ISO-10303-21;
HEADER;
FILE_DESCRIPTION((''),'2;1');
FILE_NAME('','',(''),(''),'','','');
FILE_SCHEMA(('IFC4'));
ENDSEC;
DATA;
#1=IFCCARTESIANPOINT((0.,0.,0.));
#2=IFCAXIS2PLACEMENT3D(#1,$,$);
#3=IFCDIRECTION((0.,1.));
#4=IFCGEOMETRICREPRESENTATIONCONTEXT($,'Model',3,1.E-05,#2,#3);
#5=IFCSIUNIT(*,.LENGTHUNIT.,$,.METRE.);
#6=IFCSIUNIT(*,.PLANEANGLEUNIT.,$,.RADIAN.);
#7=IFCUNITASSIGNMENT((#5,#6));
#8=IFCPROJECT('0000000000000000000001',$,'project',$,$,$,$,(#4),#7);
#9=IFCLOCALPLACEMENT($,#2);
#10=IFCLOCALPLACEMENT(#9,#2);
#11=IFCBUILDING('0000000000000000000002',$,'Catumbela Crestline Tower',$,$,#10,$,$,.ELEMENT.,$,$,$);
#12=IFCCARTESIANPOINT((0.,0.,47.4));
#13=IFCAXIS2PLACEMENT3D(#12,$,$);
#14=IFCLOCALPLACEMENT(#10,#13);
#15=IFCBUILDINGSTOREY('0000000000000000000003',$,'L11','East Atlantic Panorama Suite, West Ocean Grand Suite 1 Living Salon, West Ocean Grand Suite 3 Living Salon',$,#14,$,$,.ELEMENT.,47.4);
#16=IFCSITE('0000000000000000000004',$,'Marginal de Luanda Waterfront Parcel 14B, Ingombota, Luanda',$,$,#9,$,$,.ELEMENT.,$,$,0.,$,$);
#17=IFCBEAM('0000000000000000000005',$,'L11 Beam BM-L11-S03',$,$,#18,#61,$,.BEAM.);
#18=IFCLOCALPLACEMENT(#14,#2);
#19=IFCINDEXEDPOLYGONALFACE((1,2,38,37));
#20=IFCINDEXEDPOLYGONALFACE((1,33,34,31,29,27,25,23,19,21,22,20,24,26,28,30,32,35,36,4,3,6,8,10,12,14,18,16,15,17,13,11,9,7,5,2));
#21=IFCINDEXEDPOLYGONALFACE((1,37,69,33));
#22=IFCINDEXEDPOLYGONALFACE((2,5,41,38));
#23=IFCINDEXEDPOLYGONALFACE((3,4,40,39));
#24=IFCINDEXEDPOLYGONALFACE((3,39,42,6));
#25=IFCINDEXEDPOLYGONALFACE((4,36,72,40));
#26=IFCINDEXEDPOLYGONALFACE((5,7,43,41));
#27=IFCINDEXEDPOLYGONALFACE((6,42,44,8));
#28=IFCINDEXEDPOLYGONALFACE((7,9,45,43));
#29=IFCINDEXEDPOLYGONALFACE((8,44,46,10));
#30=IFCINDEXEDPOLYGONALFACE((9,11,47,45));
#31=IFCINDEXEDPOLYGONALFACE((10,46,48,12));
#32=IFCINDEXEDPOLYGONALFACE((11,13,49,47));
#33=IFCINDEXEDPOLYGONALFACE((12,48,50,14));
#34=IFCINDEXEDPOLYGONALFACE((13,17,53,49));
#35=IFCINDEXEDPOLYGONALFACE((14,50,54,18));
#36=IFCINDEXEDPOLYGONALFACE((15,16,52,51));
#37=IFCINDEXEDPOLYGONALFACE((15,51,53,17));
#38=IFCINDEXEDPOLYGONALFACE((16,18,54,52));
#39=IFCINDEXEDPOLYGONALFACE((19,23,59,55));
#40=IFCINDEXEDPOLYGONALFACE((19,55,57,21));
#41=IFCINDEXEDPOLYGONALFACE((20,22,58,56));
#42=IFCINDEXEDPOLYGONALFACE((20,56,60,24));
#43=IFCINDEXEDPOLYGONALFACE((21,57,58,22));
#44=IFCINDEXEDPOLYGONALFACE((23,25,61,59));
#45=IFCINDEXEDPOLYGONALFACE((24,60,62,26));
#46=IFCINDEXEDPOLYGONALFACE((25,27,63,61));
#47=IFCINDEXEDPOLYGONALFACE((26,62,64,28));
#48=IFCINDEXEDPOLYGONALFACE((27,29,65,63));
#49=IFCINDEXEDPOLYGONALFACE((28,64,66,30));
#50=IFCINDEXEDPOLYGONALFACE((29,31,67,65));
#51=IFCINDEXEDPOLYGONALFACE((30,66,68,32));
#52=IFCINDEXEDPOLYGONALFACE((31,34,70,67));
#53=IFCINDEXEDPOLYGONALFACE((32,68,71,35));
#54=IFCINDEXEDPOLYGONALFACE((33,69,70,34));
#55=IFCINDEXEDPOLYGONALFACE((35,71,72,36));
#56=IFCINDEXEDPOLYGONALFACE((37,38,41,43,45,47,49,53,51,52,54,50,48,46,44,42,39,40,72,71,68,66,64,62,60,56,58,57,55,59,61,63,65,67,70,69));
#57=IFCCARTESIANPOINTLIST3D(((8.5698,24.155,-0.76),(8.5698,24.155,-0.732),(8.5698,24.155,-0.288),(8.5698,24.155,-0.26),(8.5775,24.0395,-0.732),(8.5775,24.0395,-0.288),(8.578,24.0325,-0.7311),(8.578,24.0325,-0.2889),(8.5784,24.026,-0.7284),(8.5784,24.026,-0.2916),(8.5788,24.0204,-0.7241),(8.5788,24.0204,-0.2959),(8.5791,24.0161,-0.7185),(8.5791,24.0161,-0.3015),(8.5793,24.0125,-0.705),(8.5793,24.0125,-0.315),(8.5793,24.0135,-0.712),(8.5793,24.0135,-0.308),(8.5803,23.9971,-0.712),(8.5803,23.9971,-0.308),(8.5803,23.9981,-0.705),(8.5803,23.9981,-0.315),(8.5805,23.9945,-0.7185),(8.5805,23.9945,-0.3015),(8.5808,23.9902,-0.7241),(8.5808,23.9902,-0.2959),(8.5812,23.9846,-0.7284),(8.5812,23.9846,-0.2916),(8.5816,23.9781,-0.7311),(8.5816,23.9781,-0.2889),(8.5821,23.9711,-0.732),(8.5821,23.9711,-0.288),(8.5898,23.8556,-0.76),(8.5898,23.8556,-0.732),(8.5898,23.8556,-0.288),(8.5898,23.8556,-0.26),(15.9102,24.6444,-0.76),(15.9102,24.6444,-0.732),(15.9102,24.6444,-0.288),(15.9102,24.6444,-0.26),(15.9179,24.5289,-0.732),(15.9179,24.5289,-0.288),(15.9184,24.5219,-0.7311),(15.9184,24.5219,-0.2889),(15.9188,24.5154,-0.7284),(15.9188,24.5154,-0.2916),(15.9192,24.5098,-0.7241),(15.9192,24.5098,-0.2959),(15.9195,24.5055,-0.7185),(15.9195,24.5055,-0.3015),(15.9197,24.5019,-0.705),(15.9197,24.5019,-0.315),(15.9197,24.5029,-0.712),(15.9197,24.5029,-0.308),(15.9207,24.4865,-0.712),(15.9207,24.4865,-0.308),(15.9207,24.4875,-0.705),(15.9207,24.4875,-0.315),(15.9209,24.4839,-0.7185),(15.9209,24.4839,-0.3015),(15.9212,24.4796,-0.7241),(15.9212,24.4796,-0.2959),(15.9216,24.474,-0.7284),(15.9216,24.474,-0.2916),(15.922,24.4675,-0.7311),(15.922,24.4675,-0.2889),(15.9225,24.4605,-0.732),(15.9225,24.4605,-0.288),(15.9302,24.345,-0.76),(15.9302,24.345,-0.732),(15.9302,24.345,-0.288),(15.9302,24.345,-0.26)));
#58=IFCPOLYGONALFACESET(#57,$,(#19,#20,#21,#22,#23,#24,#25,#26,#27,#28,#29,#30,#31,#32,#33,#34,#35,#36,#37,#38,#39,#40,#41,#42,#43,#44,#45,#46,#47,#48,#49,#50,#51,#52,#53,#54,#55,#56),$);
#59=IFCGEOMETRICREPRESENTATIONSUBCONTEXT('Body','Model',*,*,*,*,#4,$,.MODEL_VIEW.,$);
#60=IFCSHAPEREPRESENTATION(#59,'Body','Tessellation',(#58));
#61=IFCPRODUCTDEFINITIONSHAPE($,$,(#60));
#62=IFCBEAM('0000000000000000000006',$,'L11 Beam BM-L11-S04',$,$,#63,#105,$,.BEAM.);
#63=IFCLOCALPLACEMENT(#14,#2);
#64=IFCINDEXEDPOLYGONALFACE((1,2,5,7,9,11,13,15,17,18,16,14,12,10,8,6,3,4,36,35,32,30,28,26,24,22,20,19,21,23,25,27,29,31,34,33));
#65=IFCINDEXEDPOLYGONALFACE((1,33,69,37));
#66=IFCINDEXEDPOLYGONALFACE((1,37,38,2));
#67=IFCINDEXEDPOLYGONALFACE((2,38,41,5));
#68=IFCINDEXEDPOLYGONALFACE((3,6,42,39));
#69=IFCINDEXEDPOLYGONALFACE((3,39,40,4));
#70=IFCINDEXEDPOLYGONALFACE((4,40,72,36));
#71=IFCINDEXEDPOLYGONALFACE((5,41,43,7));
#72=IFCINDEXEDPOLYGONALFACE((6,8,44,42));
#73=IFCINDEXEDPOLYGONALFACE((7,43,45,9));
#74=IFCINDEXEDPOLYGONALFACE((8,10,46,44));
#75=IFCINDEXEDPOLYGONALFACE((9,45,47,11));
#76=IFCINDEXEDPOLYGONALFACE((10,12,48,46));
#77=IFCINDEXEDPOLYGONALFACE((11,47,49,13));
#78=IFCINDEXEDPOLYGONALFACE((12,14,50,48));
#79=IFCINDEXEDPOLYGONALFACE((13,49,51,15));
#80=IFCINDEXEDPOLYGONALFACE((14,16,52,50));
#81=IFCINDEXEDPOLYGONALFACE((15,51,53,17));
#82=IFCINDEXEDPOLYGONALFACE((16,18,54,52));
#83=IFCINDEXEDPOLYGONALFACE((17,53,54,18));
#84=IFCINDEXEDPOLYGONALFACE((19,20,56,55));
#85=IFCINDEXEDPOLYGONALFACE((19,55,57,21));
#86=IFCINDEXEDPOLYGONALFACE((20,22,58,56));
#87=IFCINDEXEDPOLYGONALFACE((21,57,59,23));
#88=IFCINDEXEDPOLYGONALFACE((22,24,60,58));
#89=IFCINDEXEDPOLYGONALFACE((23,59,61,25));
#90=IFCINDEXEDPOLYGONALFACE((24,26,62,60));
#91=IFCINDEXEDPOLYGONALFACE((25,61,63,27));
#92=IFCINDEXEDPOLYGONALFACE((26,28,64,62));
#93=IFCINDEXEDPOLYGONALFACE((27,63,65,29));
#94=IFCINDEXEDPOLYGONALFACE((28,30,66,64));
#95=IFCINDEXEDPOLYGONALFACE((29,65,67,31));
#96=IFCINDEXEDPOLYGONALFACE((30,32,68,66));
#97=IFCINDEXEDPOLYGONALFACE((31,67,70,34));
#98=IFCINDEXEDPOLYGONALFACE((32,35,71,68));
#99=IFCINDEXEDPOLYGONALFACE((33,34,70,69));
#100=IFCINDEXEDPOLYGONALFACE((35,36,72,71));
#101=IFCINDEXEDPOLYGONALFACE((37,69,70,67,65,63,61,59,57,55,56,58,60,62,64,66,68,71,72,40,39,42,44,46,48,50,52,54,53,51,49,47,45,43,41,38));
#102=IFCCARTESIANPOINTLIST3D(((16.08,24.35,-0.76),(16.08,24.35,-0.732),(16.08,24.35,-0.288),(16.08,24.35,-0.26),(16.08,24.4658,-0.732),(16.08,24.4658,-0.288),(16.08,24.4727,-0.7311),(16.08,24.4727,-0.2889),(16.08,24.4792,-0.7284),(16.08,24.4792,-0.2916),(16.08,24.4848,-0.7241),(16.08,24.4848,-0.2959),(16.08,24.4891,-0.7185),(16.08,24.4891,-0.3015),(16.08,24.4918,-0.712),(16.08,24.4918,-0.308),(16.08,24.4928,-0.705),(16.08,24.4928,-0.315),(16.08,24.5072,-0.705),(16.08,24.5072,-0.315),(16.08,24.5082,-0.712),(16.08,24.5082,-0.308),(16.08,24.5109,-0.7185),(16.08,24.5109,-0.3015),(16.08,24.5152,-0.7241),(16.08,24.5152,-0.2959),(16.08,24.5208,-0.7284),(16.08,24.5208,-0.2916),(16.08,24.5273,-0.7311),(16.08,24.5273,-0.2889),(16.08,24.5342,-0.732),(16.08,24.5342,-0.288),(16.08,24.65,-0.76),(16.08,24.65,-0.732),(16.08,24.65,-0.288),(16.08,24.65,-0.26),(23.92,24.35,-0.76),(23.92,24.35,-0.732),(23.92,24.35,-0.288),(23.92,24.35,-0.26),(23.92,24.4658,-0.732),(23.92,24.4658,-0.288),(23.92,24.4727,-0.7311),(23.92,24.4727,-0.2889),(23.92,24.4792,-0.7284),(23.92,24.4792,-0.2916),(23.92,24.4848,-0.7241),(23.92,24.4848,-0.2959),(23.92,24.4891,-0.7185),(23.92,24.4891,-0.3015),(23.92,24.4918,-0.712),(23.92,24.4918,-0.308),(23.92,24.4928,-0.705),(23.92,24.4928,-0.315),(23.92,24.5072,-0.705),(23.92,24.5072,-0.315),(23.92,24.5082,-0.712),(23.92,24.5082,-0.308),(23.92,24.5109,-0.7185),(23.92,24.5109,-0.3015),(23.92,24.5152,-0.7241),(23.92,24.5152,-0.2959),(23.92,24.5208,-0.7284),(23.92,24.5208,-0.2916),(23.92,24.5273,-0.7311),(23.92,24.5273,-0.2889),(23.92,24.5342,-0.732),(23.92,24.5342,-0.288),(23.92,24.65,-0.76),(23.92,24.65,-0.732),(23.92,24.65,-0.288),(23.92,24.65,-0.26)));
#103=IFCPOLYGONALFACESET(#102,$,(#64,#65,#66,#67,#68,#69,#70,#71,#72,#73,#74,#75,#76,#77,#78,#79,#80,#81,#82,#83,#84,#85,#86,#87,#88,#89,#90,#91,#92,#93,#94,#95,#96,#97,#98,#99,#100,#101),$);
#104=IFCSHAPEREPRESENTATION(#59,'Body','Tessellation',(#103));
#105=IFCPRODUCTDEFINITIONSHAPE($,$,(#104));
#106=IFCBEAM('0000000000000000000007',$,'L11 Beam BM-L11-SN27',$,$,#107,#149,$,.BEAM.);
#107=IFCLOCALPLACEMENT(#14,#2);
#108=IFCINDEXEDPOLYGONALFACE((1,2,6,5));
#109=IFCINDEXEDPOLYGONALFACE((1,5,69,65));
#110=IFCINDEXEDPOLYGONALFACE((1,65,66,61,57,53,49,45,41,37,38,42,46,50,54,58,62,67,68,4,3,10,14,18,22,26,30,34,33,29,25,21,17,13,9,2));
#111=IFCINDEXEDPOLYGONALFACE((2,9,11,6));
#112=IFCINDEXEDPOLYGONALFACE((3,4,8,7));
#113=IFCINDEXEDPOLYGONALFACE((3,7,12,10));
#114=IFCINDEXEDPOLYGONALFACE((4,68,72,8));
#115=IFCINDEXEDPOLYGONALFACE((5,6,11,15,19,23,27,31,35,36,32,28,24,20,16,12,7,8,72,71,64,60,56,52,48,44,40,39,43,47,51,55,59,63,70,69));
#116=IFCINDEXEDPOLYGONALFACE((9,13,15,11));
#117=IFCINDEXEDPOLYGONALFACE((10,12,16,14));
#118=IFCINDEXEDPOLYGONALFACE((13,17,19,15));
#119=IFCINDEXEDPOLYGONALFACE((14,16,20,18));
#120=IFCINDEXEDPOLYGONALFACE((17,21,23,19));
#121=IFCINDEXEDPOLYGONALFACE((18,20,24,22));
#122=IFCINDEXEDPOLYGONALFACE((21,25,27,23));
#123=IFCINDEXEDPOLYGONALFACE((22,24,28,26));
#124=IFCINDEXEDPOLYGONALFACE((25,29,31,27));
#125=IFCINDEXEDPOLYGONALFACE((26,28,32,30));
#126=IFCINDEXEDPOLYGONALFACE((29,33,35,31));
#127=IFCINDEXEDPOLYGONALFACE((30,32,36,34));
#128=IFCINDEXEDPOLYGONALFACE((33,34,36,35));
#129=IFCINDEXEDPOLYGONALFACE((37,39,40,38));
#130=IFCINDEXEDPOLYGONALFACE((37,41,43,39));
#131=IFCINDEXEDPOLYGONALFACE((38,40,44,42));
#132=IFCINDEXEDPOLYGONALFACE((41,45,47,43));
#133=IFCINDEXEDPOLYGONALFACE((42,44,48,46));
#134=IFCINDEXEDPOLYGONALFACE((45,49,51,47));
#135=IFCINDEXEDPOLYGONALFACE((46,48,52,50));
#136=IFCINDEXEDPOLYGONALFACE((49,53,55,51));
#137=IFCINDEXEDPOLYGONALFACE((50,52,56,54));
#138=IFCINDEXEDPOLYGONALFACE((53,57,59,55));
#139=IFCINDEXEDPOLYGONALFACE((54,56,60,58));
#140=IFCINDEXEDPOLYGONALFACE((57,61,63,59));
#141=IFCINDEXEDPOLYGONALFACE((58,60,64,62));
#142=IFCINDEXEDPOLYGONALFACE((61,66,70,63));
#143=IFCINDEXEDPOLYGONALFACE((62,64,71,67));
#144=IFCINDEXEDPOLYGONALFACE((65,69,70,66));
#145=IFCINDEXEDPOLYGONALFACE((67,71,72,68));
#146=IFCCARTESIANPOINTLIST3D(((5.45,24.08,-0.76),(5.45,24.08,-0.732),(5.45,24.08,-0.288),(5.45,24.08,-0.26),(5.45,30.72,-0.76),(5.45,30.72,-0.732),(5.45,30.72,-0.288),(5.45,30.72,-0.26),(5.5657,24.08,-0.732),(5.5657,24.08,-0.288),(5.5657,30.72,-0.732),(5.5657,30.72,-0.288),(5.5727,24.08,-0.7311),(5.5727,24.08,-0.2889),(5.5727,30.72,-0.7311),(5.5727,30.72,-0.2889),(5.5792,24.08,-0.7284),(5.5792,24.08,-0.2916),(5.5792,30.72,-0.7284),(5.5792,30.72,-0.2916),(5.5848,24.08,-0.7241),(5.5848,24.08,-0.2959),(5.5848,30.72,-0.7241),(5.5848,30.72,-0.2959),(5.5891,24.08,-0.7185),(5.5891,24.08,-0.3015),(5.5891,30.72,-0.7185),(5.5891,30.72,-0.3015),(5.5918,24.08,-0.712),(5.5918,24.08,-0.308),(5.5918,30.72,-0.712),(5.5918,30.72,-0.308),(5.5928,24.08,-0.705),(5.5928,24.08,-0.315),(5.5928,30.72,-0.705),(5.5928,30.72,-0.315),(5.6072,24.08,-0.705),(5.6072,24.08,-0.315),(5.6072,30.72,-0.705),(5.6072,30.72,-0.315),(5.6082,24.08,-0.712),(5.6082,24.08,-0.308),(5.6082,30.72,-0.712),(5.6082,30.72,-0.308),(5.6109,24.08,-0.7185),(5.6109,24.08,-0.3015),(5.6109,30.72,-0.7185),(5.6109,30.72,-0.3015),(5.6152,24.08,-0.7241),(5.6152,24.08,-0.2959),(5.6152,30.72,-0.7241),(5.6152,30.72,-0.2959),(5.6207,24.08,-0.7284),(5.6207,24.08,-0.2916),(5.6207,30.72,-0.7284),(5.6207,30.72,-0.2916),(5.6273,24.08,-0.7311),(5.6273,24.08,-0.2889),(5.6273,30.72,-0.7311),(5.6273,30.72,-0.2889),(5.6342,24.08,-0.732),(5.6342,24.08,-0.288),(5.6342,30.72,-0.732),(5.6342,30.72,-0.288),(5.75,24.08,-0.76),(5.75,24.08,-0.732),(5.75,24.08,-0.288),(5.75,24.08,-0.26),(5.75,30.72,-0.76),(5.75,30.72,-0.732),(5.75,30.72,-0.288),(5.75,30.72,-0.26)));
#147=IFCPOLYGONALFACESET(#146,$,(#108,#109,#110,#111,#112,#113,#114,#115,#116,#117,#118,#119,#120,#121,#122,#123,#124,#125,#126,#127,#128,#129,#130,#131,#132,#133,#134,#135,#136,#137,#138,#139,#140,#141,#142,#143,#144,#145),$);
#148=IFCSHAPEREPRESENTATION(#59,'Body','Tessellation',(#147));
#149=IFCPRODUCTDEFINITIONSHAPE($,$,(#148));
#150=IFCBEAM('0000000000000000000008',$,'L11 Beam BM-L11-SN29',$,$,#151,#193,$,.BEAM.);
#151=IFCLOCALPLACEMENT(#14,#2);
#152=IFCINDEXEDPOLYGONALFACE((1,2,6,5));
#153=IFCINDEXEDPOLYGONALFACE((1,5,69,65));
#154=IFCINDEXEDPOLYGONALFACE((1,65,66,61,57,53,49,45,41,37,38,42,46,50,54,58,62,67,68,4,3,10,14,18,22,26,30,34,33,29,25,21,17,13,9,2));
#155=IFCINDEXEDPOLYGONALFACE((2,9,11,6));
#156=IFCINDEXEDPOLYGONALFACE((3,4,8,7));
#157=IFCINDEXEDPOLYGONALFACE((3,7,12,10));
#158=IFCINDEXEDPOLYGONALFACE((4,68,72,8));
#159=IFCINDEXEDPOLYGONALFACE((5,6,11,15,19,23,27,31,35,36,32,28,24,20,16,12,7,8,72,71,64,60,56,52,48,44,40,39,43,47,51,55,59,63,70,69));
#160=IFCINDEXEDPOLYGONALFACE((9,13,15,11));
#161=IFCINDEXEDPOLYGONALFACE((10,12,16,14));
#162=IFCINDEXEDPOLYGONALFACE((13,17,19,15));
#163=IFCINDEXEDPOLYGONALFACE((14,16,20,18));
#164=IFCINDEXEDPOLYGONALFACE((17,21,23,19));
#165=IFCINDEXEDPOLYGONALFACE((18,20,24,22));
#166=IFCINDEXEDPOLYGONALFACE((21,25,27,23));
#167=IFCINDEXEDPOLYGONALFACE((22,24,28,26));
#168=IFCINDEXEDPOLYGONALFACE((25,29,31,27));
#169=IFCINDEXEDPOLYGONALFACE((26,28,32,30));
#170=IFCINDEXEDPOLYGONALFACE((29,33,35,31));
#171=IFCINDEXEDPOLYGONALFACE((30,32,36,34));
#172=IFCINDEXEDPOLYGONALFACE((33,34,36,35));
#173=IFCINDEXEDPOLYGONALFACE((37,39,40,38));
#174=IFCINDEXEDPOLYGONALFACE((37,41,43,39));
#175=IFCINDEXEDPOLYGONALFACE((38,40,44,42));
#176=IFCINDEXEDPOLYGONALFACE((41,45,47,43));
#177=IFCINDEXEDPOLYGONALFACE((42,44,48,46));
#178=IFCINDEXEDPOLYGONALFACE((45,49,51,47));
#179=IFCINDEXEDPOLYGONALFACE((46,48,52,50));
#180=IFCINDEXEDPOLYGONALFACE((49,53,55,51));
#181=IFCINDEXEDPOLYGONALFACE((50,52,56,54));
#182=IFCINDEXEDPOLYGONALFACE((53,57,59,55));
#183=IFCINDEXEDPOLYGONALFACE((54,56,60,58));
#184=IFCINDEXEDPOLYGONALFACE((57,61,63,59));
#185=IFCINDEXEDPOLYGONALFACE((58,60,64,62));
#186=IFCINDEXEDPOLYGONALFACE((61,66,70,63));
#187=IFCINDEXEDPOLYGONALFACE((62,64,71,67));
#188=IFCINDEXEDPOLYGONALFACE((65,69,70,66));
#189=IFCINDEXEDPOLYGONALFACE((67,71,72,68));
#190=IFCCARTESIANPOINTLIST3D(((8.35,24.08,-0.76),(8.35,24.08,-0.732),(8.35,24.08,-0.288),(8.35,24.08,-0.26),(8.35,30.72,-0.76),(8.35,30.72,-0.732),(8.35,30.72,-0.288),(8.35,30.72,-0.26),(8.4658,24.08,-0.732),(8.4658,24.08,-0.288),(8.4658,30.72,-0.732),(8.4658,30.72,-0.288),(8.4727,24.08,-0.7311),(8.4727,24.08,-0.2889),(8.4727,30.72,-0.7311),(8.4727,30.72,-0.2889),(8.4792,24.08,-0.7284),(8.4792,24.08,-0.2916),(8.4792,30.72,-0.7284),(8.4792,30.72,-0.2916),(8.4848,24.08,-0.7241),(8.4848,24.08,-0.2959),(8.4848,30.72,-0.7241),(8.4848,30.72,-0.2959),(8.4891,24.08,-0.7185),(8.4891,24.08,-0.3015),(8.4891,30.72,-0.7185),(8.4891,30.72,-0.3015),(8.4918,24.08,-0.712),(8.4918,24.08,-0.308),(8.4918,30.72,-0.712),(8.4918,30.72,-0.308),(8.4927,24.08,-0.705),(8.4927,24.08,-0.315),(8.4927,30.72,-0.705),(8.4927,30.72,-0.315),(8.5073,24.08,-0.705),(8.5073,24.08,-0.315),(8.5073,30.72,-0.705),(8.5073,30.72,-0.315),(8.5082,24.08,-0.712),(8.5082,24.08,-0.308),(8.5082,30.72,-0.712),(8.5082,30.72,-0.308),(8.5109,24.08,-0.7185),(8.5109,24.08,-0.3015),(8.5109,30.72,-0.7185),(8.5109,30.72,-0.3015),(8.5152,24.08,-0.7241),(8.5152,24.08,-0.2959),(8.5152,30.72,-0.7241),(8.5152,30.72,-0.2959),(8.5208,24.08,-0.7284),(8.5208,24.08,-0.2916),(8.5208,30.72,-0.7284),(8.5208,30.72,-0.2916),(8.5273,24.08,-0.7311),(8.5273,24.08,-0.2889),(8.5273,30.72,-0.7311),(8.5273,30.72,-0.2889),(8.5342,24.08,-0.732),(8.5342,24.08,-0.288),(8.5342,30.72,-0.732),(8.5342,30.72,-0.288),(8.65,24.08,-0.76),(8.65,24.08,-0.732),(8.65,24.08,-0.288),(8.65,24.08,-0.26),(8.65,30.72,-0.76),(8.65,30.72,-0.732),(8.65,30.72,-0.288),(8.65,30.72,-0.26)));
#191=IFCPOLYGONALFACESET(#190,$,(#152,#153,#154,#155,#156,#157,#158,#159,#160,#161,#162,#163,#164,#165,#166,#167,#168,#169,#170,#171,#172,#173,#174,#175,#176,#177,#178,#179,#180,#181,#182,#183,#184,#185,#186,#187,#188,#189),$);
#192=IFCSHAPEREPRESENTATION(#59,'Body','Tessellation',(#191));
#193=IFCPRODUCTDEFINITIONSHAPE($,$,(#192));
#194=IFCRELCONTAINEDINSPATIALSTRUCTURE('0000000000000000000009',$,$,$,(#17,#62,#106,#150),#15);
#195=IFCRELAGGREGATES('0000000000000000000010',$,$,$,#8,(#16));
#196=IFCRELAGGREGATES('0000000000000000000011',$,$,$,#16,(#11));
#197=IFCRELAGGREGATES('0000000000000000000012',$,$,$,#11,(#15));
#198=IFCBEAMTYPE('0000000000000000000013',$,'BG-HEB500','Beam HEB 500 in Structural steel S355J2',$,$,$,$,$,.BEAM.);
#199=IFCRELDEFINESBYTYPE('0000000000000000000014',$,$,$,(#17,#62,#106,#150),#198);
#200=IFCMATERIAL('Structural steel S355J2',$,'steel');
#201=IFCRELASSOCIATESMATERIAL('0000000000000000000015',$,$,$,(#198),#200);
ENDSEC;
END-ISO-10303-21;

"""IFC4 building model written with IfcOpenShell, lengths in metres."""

from ifc_helpers import new_model, si_unit, direction, frame, origin, origin_2d, place, context, subcontext, project, spatial, i_section, extrude, material, material_profile, profile_set, type_object, element, save


model = new_model("IFC4")

# Units and contexts
model_context = context("Model", 3, precision=1e-05, world=origin(), true_north=direction((0.0, 1.0)))
body_context = subcontext(model_context, "Body", "Model", "MODEL_VIEW")
ifc_project = project(units=[si_unit("LENGTHUNIT", "METRE"), si_unit("PLANEANGLEUNIT", "RADIAN")], contexts=[model_context])

# Site, building, storey
site_placement = place(None, origin())
site = spatial("IfcSite", under=ifc_project, at=site_placement, Name="Marginal de Luanda Waterfront Parcel 14B, Ingombota, Luanda", CompositionType="ELEMENT", RefElevation=0.0)
building_placement = place(site_placement, origin())
building = spatial("IfcBuilding", under=site, at=building_placement, Name="Catumbela Crestline Tower", CompositionType="ELEMENT")
storey_placement = place(building_placement, frame((0.0, 0.0, 47.4)))
storey = spatial("IfcBuildingStorey", under=building, at=storey_placement, Name="L11", Description="East Atlantic Panorama Suite, West Ocean Grand Suite 1 Living Salon, West Ocean Grand Suite 3 Living Salon", CompositionType="ELEMENT", Elevation=47.4)

# Beams
ifc_material_1 = material(Name="Structural steel S355J2", Category="steel")
ifc_material_profile_1 = material_profile(ifc_material_1, i_section(OverallWidth=0.3, OverallDepth=0.5, WebThickness=0.0145, FlangeThickness=0.028, FilletRadius=0.027, at=origin_2d()), Name="HEB 500")
ifc_profile_set_1 = profile_set([ifc_material_profile_1], Name="Structural steel S355J2")
beam_type_1 = type_object("IfcBeamType", Name="BG-HEB500", Description="Beam HEB 500 in Structural steel S355J2", PredefinedType="BEAM", material=ifc_profile_set_1)
beam_1_placement = place(storey_placement, frame((8.5798, 24.0053, -0.51), z_axis=(0.997785, 0.066524, 0.0), x_axis=(-0.066524, 0.997785, 0.0)))
element("IfcBeam", 1, at=beam_1_placement, inside=storey, type_object=beam_type_1, Name="L11 Beam BM-L11-S03", PredefinedType="BEAM", context=body_context, shape_type="SweptSolid", body=[
    extrude(i_section(OverallWidth=0.3, OverallDepth=0.5, WebThickness=0.0145, FlangeThickness=0.028, FilletRadius=0.027, at=origin_2d()), origin(), (0.0, 0.0, 1.0), 7.3567),
])
beam_2_placement = place(storey_placement, frame((16.08, 24.5, -0.51), z_axis=(1.0, 0.0, 0.0), x_axis=(0.0, 1.0, 0.0)))
element("IfcBeam", 2, at=beam_2_placement, inside=storey, type_object=beam_type_1, Name="L11 Beam BM-L11-S04", PredefinedType="BEAM", context=body_context, shape_type="SweptSolid", body=[
    extrude(i_section(OverallWidth=0.3, OverallDepth=0.5, WebThickness=0.0145, FlangeThickness=0.028, FilletRadius=0.027, at=origin_2d()), origin(), (0.0, 0.0, 1.0), 7.84),
])
for number, where, z_axis, x_axis, name in (
    (3, (5.6, 24.08, -0.51), (0.0, 1.0, 0.0), (-1.0, 0.0, 0.0), "L11 Beam BM-L11-SN27"),
    (4, (8.5, 24.08, -0.51), (0.0, 1.0, 0.0), (-1.0, 0.0, 0.0), "L11 Beam BM-L11-SN29"),
):
    element("IfcBeam", number, at=place(storey_placement, frame(where, z_axis=z_axis, x_axis=x_axis)), inside=storey, type_object=beam_type_1, Name=name, PredefinedType="BEAM", context=body_context, shape_type="SweptSolid", body=[
        extrude(i_section(OverallWidth=0.3, OverallDepth=0.5, WebThickness=0.0145, FlangeThickness=0.028, FilletRadius=0.027, at=origin_2d()), origin(), (0.0, 0.0, 1.0), 6.64),
    ])

save(model, "model.ifc")
